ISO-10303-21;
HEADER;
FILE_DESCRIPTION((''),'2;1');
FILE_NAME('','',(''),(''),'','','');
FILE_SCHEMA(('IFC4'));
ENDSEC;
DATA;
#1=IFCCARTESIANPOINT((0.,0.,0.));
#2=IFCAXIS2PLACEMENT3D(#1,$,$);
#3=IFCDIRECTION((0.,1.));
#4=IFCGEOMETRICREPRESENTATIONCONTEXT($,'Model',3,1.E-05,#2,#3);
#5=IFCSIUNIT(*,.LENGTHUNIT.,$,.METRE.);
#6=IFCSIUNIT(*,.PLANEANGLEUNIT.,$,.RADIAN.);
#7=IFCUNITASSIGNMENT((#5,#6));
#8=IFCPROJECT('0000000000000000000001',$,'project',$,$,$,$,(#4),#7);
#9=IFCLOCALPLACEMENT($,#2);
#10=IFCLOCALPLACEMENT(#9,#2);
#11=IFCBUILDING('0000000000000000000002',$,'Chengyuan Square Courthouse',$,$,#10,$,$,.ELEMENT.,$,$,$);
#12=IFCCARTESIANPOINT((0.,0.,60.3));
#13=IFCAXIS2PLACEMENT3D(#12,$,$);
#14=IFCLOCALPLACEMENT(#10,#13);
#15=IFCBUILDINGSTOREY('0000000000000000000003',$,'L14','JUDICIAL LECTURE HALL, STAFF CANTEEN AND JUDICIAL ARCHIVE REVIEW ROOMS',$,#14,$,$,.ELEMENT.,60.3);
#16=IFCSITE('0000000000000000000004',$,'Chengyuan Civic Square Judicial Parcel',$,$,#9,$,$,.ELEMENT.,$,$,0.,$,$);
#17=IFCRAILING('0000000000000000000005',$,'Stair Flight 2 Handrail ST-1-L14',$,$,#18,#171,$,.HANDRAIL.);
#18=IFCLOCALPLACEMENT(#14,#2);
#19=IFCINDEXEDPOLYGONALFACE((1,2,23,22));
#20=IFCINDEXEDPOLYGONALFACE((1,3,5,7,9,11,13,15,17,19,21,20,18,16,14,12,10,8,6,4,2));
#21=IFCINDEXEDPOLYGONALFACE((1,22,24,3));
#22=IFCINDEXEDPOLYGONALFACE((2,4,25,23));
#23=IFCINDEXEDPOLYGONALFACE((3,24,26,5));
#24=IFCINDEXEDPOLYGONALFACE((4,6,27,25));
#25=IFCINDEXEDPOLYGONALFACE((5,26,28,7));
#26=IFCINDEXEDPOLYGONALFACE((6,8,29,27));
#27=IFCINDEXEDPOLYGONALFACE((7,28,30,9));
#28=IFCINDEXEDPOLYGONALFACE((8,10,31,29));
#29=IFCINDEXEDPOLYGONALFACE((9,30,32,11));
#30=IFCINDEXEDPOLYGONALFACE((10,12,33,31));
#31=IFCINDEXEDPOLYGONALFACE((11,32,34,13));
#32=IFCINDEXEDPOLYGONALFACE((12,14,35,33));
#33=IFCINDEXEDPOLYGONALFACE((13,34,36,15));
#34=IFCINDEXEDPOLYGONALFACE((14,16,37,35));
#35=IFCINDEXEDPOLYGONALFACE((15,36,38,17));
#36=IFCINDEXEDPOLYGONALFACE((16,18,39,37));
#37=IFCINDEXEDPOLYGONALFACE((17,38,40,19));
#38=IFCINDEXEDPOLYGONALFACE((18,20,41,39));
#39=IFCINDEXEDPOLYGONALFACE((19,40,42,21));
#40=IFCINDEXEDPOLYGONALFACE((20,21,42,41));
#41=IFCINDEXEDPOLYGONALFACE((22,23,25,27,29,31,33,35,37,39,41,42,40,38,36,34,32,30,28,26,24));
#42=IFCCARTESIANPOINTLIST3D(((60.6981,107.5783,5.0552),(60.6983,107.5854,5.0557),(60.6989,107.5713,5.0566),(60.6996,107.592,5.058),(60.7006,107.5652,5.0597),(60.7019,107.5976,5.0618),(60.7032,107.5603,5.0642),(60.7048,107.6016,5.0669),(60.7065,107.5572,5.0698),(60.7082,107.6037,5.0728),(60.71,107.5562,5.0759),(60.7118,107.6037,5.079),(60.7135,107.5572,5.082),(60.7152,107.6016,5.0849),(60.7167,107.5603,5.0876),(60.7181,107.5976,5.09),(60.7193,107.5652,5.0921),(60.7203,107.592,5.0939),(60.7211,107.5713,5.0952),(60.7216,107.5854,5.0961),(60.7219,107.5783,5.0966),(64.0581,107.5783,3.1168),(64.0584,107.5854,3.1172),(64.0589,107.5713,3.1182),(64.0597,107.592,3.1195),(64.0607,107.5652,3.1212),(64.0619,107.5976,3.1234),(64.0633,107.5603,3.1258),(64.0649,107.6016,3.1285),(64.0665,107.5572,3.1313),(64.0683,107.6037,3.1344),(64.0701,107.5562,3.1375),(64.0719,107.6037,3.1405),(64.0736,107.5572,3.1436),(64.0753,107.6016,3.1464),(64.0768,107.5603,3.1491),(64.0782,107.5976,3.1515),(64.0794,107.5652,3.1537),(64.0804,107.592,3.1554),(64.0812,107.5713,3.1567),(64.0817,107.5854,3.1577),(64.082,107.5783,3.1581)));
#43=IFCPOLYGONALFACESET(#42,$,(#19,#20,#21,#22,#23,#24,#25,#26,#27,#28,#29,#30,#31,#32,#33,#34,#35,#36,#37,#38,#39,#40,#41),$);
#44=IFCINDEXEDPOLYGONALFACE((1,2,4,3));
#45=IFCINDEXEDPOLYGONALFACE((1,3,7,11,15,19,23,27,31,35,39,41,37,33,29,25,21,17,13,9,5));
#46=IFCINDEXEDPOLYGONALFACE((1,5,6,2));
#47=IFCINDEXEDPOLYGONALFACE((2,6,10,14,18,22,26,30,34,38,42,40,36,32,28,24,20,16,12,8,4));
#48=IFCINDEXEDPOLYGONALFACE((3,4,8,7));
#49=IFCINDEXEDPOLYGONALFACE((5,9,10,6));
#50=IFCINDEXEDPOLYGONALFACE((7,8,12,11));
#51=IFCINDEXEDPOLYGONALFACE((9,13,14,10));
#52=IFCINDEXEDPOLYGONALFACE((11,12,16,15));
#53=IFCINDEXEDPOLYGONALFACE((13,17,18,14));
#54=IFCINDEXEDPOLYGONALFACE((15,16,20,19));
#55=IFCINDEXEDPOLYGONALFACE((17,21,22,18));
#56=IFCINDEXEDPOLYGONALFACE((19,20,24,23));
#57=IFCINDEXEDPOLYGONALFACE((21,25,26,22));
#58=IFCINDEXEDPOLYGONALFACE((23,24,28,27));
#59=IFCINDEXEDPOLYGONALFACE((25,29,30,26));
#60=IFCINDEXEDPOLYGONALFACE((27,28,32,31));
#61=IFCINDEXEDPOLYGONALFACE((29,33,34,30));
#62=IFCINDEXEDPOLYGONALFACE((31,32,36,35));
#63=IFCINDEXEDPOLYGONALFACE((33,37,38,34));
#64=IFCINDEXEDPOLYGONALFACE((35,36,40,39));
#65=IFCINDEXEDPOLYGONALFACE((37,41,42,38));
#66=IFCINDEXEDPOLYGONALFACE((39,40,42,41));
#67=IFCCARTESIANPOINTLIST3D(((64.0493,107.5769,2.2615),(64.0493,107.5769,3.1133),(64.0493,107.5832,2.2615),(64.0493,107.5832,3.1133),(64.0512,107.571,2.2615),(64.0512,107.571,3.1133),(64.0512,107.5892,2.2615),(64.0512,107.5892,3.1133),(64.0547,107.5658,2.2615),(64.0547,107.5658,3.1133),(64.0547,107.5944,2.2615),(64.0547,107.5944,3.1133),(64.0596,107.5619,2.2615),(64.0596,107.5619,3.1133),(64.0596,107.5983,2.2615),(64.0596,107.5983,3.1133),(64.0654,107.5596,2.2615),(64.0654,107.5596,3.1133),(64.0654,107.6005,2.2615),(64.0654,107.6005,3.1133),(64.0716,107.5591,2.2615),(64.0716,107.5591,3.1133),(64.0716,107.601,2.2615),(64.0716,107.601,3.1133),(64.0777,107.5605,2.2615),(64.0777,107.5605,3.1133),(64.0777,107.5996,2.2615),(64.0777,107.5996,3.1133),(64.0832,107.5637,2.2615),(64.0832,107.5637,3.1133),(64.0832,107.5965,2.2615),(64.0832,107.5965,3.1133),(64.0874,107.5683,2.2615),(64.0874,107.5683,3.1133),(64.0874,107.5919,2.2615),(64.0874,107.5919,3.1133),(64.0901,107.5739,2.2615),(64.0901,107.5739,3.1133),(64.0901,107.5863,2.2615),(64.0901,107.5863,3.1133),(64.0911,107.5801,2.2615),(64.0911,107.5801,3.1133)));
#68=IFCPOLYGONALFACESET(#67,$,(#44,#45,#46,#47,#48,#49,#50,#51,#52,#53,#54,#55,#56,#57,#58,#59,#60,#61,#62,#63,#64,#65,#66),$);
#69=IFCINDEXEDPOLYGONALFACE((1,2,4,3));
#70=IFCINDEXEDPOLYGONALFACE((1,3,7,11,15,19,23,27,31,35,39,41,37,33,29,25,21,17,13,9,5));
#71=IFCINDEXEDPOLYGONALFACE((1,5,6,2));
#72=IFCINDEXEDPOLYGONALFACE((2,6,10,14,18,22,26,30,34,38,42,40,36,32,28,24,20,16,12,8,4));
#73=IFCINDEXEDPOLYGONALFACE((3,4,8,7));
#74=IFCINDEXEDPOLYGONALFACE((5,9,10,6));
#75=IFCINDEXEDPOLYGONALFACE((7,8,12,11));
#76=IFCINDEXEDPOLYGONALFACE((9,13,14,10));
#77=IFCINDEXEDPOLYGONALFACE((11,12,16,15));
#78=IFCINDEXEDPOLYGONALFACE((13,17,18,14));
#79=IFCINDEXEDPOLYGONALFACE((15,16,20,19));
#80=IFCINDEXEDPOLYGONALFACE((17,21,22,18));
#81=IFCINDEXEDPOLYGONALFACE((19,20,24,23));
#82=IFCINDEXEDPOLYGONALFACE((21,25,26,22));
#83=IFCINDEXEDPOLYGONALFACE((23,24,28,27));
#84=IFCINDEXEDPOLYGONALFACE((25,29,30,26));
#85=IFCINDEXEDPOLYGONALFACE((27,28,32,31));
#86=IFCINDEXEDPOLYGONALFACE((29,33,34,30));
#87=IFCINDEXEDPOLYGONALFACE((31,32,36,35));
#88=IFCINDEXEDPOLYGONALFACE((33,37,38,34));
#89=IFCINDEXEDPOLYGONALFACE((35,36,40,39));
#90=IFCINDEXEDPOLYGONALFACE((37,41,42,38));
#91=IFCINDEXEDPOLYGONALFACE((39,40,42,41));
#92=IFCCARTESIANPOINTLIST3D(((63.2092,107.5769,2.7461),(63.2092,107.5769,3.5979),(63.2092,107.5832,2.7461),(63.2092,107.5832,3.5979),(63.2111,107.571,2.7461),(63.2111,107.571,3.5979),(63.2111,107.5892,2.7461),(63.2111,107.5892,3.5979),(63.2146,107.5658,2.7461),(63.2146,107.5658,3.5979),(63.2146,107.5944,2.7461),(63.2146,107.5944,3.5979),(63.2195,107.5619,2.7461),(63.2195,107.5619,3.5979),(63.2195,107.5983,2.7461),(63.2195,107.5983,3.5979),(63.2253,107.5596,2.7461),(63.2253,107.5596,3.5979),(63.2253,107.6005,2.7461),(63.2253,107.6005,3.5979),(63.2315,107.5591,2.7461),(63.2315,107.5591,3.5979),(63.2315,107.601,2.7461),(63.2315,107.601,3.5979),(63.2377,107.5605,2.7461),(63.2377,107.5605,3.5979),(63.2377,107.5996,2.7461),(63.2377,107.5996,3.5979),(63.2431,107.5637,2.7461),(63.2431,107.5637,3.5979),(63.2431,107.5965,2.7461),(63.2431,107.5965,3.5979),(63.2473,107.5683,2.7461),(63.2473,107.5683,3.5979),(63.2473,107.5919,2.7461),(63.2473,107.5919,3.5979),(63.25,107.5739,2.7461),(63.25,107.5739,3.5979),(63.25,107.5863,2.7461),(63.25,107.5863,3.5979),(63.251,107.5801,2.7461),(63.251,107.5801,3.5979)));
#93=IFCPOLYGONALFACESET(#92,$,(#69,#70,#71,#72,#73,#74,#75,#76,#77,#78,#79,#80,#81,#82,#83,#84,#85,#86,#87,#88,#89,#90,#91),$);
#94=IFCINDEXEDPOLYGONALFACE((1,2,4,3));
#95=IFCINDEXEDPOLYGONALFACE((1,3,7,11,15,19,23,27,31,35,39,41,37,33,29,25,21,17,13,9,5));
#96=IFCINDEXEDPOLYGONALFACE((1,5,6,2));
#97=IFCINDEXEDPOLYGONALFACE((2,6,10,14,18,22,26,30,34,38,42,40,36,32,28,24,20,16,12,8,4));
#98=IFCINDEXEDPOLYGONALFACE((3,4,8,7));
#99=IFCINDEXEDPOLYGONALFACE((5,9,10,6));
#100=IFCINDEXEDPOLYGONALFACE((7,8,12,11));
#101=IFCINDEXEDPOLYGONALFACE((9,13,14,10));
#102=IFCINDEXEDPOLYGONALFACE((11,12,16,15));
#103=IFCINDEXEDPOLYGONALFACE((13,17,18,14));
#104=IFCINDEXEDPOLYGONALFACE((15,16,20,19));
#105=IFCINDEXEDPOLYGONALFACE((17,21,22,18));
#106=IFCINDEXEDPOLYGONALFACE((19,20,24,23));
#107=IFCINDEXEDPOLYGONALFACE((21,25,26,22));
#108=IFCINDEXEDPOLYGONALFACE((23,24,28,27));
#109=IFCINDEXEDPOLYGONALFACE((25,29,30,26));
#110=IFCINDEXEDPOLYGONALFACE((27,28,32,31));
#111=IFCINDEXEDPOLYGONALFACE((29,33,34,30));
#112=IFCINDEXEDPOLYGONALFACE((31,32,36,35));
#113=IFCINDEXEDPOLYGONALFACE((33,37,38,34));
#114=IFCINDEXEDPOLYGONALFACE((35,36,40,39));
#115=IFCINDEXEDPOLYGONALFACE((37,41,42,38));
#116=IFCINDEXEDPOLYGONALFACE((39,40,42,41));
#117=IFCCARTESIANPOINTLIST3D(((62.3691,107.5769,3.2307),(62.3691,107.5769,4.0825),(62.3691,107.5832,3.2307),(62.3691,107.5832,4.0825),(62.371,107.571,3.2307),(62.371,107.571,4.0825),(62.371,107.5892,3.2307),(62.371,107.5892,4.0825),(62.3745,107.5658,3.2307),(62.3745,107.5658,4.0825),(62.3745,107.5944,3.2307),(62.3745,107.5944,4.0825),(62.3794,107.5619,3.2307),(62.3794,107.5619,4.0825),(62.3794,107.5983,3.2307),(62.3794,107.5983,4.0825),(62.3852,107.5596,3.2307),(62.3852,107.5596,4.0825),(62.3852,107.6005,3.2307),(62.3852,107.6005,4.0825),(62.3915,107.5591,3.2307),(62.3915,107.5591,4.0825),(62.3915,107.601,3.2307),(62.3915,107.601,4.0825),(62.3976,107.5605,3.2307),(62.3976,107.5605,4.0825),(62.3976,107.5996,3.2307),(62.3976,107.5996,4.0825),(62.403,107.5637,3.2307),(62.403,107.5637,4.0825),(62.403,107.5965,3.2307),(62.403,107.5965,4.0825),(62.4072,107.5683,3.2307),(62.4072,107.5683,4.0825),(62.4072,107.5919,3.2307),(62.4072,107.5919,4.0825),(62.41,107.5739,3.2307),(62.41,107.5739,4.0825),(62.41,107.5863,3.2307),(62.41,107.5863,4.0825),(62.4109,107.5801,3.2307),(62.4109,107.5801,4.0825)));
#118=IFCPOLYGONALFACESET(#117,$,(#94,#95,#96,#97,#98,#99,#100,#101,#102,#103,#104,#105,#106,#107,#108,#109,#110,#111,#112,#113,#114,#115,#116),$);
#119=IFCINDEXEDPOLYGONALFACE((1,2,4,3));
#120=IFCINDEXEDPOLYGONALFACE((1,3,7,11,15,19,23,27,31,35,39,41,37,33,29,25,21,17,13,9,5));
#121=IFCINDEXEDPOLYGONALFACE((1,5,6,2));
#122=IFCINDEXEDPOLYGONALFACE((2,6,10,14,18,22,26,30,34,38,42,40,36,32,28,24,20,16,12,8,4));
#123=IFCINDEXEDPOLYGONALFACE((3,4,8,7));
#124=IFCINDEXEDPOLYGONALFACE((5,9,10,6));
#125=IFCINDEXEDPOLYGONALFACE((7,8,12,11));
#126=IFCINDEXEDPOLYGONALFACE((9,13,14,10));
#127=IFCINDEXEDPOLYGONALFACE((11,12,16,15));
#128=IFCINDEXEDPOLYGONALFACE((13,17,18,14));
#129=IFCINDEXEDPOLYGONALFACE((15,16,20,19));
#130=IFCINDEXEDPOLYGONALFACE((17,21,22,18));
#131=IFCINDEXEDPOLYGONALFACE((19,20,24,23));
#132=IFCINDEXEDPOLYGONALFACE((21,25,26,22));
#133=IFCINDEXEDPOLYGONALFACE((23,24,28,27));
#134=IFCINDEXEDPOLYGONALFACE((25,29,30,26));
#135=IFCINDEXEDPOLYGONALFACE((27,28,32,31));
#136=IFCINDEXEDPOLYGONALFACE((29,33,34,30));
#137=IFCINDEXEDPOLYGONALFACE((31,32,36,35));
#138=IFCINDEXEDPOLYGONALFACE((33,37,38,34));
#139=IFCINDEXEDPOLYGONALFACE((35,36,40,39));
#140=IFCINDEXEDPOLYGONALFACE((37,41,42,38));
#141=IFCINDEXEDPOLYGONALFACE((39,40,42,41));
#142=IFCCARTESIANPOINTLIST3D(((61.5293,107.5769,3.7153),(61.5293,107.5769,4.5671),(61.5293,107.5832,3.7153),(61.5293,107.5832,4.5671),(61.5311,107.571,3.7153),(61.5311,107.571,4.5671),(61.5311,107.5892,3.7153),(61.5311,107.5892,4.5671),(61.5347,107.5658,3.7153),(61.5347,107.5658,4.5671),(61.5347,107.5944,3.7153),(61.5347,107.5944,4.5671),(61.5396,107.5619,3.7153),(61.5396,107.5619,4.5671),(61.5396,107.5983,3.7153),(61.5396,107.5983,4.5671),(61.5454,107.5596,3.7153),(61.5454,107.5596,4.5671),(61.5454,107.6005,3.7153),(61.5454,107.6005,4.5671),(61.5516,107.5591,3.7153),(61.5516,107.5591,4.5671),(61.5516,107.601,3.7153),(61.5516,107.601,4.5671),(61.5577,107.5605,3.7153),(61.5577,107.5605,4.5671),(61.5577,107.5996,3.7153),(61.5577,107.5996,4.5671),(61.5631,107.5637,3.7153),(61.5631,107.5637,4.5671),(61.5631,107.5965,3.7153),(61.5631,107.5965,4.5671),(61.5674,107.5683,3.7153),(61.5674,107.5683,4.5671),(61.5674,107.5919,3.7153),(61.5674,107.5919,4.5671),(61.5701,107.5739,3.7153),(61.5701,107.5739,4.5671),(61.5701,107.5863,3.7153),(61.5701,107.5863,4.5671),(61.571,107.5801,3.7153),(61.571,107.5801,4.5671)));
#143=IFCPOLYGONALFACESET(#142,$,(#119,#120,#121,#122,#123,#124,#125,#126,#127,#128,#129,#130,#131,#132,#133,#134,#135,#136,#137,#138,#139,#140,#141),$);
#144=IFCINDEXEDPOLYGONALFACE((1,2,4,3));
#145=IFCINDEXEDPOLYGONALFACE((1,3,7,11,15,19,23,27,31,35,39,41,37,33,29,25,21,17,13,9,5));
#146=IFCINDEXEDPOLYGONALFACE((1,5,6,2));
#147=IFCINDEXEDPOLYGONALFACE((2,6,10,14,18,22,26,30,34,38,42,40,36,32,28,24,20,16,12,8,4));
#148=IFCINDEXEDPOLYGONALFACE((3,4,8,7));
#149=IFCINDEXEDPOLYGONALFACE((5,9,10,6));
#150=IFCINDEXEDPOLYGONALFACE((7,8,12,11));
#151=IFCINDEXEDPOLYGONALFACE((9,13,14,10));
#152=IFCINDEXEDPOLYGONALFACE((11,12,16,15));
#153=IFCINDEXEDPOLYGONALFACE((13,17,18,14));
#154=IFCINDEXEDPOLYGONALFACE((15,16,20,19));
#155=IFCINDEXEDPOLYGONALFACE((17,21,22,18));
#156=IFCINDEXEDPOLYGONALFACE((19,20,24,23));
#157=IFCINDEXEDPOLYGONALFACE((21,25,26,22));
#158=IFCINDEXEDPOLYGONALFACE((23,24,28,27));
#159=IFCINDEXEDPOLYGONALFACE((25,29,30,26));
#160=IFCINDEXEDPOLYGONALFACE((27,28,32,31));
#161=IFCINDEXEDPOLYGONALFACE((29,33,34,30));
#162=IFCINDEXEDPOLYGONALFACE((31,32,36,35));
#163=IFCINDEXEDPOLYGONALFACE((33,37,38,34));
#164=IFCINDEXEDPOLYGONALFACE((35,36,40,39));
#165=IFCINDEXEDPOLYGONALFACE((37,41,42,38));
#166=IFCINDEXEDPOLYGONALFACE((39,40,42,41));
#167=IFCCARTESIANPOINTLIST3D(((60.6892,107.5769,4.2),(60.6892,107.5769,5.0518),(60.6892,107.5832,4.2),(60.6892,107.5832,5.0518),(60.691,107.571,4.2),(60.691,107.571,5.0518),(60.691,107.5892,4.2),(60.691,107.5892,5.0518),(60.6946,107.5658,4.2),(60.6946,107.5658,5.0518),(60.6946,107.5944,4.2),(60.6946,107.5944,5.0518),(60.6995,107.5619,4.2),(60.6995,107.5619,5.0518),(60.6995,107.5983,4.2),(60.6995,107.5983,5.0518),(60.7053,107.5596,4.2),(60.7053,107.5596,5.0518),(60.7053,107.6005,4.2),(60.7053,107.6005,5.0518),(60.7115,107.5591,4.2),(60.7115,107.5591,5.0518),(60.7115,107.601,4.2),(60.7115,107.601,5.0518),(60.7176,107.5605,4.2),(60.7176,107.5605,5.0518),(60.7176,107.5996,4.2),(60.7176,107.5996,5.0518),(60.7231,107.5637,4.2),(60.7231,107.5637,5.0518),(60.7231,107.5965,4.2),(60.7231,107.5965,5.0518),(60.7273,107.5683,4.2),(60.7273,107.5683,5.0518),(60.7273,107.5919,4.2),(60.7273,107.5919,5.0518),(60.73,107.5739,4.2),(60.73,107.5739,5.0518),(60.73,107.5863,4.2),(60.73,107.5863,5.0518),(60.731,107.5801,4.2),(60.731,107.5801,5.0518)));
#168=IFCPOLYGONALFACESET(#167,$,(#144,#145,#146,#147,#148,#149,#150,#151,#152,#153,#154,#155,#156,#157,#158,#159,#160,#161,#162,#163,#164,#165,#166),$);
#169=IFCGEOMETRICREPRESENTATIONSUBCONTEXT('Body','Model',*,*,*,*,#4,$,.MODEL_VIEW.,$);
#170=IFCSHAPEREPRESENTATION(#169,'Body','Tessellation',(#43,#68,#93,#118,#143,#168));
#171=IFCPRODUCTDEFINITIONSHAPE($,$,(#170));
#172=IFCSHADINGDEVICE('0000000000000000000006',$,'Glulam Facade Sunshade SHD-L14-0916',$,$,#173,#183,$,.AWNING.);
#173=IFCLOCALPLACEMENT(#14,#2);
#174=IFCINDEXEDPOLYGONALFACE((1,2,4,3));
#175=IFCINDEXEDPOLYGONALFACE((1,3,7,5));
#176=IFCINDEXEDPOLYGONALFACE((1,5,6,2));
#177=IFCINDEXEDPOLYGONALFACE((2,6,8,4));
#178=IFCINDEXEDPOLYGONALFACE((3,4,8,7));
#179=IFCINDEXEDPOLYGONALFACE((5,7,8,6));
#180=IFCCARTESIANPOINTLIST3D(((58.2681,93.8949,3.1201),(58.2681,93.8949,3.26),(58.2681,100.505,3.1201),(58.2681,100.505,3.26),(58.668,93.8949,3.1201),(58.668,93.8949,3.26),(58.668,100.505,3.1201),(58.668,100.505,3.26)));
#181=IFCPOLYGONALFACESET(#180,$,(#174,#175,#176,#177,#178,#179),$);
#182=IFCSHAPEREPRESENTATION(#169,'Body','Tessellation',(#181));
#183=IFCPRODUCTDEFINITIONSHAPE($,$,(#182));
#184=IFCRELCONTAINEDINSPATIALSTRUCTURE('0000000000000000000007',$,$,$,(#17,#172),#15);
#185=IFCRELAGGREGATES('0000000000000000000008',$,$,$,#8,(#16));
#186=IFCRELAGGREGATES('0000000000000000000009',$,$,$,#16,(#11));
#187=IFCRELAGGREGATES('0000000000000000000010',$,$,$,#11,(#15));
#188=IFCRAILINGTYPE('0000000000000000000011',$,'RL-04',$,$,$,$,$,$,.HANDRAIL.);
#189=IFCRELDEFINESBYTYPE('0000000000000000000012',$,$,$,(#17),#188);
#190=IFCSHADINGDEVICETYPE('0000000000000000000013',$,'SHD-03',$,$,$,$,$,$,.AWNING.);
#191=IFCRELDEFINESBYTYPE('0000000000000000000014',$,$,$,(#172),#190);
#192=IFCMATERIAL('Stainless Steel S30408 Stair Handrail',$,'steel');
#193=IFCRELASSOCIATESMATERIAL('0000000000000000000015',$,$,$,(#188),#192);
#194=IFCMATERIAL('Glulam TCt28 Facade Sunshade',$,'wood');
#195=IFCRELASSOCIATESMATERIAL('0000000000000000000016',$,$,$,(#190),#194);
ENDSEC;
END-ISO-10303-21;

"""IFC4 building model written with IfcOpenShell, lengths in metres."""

from ifc_helpers import new_model, si_unit, direction, frame, origin, origin_2d, place, context, subcontext, project, spatial, rectangle, circle, extrude, material, type_object, element, save


model = new_model("IFC4")

# Units and contexts
model_context = context("Model", 3, precision=1e-05, world=origin(), true_north=direction((0.0, 1.0)))
body_context = subcontext(model_context, "Body", "Model", "MODEL_VIEW")
ifc_project = project(units=[si_unit("LENGTHUNIT", "METRE"), si_unit("PLANEANGLEUNIT", "RADIAN")], contexts=[model_context])

# Site, building, storey
site_placement = place(None, origin())
site = spatial("IfcSite", under=ifc_project, at=site_placement, Name="Chengyuan Civic Square Judicial Parcel", CompositionType="ELEMENT", RefElevation=0.0)
building_placement = place(site_placement, origin())
building = spatial("IfcBuilding", under=site, at=building_placement, Name="Chengyuan Square Courthouse", CompositionType="ELEMENT")
storey_placement = place(building_placement, frame((0.0, 0.0, 60.3)))
storey = spatial("IfcBuildingStorey", under=building, at=storey_placement, Name="L14", Description="JUDICIAL LECTURE HALL, STAFF CANTEEN AND JUDICIAL ARCHIVE REVIEW ROOMS", CompositionType="ELEMENT", Elevation=60.3)

# Railing
ifc_material_1 = material(Name="Stainless Steel S30408 Stair Handrail", Category="steel")
railing_type_1 = type_object("IfcRailingType", Name="RL-04", PredefinedType="HANDRAIL", material=ifc_material_1)
railing_1_placement = place(storey_placement, frame((64.0701, 107.5801, 2.2615)))
element("IfcRailing", 1, at=railing_1_placement, inside=storey, type_object=railing_type_1, Name="Stair Flight 2 Handrail ST-1-L14", PredefinedType="HANDRAIL", context=body_context, shape_type="SweptSolid", body=[
    extrude(circle(Radius=0.0239, at=origin_2d()), frame((0.0, 0.0, 0.876), z_axis=(-0.866191, 0.0, 0.499713), x_axis=(0.0, -1.0, 0.0)), (0.0, 0.0, 1.0), 3.8792),
    extrude(circle(Radius=0.021, at=origin_2d()), origin(), (0.0, 0.0, 1.0), 0.8518),
    extrude(circle(Radius=0.021, at=origin_2d()), frame((-0.8401, 0.0, 0.4846)), (0.0, 0.0, 1.0), 0.8518),
    extrude(circle(Radius=0.021, at=origin_2d()), frame((-1.6802, 0.0, 0.9692)), (0.0, 0.0, 1.0), 0.8518),
    extrude(circle(Radius=0.021, at=origin_2d()), frame((-2.52, 0.0, 1.4539)), (0.0, 0.0, 1.0), 0.8518),
    extrude(circle(Radius=0.021, at=origin_2d()), frame((-3.3601, 0.0, 1.9385)), (0.0, 0.0, 1.0), 0.8518),
])

# Shading device
ifc_material_2 = material(Name="Glulam TCt28 Facade Sunshade", Category="wood")
shading_device_type = type_object("IfcShadingDeviceType", Name="SHD-03", PredefinedType="AWNING", material=ifc_material_2)
shading_device_placement = place(storey_placement, frame((58.468, 97.2, 3.1201), z_axis=(0.0, 0.0, 1.0), x_axis=(0.0, 1.0, 0.0)))
element("IfcShadingDevice", 2, at=shading_device_placement, inside=storey, type_object=shading_device_type, Name="Glulam Facade Sunshade SHD-L14-0916", PredefinedType="AWNING", context=body_context, shape_type="SweptSolid", body=[
    extrude(rectangle(XDim=6.6101, YDim=0.3999, at=origin_2d()), origin(), (0.0, 0.0, 1.0), 0.1399),
])

save(model, "model.ifc")
